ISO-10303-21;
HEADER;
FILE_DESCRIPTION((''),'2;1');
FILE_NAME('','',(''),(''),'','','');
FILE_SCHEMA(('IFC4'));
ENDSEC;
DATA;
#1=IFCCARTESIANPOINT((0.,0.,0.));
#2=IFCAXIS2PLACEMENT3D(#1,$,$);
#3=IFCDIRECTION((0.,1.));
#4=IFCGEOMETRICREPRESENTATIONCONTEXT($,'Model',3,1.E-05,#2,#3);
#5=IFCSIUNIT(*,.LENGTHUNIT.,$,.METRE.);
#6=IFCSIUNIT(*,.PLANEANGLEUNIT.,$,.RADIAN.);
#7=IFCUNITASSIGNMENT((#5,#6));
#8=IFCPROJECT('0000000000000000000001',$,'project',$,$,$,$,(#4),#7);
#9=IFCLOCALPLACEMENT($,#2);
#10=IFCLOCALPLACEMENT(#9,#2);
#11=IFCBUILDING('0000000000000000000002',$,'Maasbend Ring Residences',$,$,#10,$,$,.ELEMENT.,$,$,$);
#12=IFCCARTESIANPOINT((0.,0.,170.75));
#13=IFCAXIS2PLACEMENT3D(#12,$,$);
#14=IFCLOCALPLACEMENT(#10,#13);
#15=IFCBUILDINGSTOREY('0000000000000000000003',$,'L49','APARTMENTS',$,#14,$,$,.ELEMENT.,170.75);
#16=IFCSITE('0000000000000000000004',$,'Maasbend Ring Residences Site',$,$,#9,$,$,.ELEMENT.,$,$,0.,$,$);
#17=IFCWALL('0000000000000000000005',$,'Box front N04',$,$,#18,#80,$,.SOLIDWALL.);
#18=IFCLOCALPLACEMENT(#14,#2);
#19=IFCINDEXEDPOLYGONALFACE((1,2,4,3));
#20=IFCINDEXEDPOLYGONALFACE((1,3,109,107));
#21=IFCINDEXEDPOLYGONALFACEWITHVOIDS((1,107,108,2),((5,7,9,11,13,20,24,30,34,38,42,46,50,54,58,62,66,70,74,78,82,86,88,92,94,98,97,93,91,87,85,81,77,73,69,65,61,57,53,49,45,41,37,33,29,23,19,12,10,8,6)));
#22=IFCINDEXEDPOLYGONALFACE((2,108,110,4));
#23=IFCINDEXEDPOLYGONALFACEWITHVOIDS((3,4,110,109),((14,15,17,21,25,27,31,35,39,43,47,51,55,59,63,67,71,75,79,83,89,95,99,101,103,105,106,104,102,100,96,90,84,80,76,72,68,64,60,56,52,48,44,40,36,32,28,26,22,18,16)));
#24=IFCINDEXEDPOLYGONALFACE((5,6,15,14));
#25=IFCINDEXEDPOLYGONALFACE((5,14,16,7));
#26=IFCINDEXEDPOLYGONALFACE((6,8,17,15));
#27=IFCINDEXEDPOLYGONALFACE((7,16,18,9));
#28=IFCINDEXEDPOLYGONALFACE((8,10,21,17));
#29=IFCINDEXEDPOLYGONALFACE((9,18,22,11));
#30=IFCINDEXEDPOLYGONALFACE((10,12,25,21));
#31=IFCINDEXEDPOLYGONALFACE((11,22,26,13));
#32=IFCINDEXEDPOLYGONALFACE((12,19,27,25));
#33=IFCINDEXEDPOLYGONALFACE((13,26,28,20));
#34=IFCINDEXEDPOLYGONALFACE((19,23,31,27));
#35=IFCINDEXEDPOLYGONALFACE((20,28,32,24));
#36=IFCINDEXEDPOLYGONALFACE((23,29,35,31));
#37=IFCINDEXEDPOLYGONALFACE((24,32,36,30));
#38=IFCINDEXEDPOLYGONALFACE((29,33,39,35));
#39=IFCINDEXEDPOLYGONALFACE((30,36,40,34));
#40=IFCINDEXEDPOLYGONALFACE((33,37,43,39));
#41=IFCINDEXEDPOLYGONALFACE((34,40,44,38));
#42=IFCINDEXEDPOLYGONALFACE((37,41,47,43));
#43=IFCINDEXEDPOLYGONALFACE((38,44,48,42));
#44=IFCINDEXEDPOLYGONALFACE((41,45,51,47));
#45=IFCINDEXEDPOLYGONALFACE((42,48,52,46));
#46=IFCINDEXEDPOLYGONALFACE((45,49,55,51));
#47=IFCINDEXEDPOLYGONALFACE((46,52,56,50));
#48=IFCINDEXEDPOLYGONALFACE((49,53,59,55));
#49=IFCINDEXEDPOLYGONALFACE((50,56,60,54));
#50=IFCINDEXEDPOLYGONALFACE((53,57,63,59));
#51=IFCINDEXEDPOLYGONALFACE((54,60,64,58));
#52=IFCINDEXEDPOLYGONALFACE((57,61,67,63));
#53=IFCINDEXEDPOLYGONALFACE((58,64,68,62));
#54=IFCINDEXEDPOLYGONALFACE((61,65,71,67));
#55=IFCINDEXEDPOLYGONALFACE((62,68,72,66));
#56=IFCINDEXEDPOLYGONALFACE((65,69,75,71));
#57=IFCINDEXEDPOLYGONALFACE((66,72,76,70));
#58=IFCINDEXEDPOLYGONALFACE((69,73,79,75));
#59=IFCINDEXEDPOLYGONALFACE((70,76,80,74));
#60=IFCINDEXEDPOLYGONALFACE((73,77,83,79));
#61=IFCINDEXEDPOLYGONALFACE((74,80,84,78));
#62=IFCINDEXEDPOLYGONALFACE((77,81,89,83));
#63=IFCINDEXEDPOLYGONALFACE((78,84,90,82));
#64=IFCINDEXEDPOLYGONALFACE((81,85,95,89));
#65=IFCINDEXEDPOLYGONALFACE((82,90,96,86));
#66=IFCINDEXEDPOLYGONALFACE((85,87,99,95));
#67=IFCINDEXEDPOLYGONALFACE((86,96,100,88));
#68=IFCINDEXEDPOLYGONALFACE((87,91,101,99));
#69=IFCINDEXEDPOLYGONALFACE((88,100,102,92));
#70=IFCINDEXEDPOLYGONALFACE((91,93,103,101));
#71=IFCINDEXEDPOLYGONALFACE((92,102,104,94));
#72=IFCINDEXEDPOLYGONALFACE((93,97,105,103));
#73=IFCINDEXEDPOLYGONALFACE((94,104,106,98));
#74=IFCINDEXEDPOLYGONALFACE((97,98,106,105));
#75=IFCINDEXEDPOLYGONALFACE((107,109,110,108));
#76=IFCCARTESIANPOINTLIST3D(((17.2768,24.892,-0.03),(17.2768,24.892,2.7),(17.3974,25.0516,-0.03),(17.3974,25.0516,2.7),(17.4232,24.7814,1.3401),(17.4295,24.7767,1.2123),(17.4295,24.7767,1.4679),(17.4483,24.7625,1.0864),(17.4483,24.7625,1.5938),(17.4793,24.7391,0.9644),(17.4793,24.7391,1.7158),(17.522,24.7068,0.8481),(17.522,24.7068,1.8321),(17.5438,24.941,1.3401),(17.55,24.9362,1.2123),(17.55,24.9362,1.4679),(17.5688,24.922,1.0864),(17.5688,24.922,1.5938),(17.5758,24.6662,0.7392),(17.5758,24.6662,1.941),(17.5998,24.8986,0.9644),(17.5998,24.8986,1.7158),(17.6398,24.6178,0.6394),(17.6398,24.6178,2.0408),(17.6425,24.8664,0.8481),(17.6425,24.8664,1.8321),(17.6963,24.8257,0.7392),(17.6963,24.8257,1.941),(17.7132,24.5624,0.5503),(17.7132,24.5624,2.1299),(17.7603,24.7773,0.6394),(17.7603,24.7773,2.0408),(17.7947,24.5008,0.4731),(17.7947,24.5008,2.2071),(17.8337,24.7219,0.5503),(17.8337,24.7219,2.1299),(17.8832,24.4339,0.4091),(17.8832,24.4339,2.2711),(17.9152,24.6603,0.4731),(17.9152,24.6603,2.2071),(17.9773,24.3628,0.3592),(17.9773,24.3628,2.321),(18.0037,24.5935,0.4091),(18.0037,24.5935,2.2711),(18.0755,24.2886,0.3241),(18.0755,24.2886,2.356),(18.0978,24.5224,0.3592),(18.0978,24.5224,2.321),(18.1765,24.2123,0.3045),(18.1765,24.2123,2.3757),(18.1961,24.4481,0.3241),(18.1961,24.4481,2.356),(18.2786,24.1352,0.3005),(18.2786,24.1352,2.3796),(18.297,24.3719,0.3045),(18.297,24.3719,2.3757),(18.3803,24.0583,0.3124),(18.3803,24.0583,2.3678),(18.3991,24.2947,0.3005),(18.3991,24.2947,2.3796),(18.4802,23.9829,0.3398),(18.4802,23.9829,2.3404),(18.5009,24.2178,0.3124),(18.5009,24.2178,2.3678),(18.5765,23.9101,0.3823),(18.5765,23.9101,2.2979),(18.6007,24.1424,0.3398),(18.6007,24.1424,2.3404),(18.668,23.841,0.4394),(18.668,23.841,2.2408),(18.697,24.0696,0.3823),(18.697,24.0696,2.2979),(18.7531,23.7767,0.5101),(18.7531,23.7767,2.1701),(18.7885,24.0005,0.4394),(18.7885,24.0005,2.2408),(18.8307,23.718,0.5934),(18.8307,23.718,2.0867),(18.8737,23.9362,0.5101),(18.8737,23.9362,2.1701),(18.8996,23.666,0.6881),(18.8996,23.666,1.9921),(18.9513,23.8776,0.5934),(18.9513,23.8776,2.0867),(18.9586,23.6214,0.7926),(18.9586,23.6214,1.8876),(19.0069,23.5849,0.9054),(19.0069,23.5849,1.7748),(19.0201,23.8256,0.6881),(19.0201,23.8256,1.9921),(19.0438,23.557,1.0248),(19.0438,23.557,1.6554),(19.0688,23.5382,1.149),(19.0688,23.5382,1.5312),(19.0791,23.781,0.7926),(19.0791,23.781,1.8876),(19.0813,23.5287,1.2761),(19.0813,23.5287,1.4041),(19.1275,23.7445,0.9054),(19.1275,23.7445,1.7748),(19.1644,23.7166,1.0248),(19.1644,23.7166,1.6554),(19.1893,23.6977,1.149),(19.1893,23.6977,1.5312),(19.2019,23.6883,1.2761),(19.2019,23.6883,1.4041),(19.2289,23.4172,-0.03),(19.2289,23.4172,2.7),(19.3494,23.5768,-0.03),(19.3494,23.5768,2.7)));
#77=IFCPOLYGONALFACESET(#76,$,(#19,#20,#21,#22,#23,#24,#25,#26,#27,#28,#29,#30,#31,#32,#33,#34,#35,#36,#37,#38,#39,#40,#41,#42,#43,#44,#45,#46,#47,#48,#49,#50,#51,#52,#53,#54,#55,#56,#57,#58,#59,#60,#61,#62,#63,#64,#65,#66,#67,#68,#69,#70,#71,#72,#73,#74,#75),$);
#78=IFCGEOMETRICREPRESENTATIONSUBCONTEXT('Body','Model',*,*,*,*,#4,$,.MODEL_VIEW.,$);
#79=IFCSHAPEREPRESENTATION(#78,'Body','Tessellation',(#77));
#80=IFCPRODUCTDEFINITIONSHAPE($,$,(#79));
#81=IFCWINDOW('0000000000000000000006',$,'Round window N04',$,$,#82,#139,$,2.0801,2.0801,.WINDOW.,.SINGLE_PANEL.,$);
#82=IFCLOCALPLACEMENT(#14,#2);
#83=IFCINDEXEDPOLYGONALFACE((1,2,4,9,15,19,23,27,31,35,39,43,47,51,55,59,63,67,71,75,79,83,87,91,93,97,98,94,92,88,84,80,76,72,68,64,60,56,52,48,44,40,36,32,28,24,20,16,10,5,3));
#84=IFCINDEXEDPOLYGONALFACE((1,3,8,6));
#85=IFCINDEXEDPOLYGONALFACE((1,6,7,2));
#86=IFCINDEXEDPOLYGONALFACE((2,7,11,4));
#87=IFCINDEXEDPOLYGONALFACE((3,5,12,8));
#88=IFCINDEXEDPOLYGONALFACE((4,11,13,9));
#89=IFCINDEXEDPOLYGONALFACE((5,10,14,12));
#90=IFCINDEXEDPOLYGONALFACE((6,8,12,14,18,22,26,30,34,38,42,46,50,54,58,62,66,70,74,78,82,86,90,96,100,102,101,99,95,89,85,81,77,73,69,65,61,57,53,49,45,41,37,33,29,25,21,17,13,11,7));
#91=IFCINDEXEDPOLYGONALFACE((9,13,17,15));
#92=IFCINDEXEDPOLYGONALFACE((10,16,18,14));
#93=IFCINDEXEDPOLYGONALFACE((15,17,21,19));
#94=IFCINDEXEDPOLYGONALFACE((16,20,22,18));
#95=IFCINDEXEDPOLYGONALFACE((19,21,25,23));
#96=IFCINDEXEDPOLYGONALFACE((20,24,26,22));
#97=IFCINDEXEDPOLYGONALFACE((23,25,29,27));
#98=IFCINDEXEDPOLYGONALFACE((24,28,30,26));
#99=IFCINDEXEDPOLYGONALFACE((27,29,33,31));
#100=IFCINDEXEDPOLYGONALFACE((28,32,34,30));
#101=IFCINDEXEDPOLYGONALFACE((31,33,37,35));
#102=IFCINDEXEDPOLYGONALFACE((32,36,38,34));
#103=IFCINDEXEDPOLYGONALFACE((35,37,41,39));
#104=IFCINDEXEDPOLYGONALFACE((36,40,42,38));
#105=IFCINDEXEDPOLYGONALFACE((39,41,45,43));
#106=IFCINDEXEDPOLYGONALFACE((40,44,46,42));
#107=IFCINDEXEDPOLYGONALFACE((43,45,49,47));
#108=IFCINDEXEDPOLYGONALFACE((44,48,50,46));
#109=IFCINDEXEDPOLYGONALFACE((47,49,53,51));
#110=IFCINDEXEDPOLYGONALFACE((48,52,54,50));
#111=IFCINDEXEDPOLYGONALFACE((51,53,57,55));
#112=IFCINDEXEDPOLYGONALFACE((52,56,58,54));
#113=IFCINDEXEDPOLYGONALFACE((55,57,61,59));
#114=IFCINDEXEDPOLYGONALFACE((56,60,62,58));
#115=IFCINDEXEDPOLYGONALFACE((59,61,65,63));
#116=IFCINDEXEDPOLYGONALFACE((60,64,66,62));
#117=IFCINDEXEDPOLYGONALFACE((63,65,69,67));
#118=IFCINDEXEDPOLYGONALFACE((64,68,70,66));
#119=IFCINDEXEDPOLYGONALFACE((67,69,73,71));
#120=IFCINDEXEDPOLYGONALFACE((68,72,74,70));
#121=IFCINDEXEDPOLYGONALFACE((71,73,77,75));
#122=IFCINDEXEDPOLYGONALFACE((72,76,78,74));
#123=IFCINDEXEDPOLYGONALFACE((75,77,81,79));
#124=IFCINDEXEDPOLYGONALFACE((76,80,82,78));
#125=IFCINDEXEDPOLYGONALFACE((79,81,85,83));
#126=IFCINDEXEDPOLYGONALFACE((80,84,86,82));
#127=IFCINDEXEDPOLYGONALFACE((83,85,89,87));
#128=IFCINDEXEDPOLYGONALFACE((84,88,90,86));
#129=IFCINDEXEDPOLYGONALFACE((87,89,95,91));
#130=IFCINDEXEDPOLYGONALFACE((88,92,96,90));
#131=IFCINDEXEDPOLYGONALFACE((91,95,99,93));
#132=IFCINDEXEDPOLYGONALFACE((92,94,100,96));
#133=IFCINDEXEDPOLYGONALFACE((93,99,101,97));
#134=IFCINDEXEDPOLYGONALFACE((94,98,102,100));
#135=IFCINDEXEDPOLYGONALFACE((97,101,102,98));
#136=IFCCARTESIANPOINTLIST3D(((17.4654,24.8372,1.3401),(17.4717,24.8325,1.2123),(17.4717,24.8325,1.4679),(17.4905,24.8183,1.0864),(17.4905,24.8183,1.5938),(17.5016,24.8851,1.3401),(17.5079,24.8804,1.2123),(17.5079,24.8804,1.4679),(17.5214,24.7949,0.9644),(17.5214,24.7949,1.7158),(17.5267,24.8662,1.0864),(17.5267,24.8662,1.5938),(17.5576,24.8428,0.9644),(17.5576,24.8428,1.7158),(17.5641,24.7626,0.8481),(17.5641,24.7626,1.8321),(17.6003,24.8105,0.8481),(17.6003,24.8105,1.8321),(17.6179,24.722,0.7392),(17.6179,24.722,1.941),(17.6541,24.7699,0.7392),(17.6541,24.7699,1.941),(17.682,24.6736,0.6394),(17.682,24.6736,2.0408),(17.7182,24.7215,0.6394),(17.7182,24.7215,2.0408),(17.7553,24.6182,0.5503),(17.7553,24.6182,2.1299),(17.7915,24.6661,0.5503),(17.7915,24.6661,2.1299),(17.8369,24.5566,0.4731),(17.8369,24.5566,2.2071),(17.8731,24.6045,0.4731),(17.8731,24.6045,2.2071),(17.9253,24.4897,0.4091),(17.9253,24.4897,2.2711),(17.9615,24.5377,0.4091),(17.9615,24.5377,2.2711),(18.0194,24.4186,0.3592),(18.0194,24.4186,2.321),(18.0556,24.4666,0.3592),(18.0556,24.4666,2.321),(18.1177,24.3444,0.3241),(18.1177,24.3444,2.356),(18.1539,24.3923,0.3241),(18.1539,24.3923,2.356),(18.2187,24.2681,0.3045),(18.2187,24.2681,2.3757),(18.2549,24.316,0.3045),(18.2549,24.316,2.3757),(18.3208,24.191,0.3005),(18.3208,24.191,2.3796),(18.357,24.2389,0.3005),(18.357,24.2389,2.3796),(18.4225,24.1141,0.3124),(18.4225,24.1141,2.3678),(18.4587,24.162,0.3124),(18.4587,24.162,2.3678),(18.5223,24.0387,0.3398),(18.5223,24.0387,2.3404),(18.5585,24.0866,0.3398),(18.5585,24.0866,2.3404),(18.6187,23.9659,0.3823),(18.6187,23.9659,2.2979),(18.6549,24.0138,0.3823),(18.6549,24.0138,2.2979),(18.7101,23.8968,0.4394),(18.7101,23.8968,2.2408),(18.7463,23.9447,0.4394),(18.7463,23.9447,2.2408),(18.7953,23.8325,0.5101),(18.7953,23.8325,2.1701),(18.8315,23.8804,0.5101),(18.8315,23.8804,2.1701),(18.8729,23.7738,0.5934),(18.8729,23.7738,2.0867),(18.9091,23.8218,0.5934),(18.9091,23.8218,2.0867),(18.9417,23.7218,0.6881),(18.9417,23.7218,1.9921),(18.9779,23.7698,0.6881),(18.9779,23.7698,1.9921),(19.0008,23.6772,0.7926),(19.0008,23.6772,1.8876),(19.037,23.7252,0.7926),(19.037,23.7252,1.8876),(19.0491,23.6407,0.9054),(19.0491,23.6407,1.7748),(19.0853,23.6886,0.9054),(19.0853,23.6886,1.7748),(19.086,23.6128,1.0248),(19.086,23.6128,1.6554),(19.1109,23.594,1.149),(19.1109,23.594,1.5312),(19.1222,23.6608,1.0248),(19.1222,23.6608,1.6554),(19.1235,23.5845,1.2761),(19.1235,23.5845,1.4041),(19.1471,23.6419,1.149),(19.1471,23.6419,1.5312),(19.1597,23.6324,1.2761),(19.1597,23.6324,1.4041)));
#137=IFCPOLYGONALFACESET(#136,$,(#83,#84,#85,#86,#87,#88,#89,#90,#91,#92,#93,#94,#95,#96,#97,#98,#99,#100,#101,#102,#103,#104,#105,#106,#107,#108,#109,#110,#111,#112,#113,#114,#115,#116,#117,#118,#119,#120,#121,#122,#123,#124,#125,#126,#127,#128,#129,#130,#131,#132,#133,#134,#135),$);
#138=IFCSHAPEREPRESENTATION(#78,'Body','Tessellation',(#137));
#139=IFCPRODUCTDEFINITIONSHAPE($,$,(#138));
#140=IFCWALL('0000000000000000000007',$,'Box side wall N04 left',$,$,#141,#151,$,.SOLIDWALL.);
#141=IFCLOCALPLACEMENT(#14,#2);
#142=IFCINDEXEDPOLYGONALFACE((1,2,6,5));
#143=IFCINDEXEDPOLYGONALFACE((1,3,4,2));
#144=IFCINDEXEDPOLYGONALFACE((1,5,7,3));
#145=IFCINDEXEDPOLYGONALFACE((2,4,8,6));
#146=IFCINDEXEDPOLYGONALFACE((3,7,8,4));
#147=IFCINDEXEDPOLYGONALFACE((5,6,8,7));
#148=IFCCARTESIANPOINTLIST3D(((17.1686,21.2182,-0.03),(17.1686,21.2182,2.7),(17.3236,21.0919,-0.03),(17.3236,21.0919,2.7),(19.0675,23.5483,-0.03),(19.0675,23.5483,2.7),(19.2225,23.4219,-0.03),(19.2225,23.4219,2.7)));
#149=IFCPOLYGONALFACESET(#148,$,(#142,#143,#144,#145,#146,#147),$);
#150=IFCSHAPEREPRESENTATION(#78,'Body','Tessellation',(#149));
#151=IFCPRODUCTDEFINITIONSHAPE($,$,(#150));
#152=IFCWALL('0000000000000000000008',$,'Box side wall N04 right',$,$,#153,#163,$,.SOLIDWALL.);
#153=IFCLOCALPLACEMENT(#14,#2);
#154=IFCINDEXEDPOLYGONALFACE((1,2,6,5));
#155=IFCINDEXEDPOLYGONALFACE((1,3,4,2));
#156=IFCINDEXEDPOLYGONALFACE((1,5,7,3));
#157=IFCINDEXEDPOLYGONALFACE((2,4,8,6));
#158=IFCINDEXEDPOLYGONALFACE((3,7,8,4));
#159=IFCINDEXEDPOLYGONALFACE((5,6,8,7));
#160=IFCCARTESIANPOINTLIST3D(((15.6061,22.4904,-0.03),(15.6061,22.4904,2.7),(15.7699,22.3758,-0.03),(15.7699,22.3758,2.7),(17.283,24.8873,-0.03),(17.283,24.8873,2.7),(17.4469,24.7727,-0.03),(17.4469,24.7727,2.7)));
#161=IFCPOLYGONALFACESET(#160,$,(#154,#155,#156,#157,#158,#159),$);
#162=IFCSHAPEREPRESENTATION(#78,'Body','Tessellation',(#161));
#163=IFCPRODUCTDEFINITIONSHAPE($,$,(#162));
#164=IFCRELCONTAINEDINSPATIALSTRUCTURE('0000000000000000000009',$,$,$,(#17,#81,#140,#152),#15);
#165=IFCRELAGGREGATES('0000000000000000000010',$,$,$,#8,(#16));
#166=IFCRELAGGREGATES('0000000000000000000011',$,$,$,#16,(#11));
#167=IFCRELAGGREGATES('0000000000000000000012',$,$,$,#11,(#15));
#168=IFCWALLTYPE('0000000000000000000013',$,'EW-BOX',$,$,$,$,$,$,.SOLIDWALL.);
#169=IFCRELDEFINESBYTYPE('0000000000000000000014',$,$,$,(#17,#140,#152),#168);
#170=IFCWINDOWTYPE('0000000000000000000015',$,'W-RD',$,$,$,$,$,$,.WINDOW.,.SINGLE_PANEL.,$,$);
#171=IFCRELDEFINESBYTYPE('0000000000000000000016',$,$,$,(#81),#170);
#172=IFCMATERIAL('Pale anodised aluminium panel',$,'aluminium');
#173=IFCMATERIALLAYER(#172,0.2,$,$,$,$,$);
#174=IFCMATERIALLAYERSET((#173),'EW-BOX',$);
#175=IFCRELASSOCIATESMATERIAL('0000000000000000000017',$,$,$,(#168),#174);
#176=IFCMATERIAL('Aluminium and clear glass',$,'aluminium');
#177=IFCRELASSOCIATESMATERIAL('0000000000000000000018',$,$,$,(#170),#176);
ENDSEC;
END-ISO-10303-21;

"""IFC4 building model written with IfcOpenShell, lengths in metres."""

from ifc_helpers import new_model, si_unit, direction, frame, frame_2d, origin, place, context, subcontext, project, spatial, rectangle, circle, extrude, material, layer, layer_set, type_object, element, fill, save


model = new_model("IFC4")

# Units and contexts
model_context = context("Model", 3, precision=1e-05, world=origin(), true_north=direction((0.0, 1.0)))
body_context = subcontext(model_context, "Body", "Model", "MODEL_VIEW")
ifc_project = project(units=[si_unit("LENGTHUNIT", "METRE"), si_unit("PLANEANGLEUNIT", "RADIAN")], contexts=[model_context])

# Site, building, storey
site_placement = place(None, origin())
site = spatial("IfcSite", under=ifc_project, at=site_placement, Name="Maasbend Ring Residences Site", CompositionType="ELEMENT", RefElevation=0.0)
building_placement = place(site_placement, origin())
building = spatial("IfcBuilding", under=site, at=building_placement, Name="Maasbend Ring Residences", CompositionType="ELEMENT")
storey_placement = place(building_placement, frame((0.0, 0.0, 170.75)))
storey = spatial("IfcBuildingStorey", under=building, at=storey_placement, Name="L49", Description="APARTMENTS", CompositionType="ELEMENT", Elevation=170.75)

# Shared definitions
ifc_material_1 = material(Name="Pale anodised aluminium panel", Category="aluminium")
ifc_layer_1 = layer(ifc_material_1, 0.2)
ifc_layer_set_1 = layer_set([ifc_layer_1], Name="EW-BOX")
wall_type_1 = type_object("IfcWallType", Name="EW-BOX", PredefinedType="SOLIDWALL", material=ifc_layer_set_1)
ifc_material_2 = material(Name="Aluminium and clear glass", Category="aluminium")
window_type_1 = type_object("IfcWindowType", Name="W-RD", PartitioningType="SINGLE_PANEL", PredefinedType="WINDOW", material=ifc_material_2)

# Wall, opening, window
wall_1_placement = place(storey_placement, frame((19.2891, 23.4971, -0.03), z_axis=(0.0, 0.0, 1.0), x_axis=(-0.797888, 0.602806, 0.0)))
wall_1 = element("IfcWall", 1, at=wall_1_placement, inside=storey, type_object=wall_type_1, Name="Box front N04", PredefinedType="SOLIDWALL", context=body_context, shape_type="SweptSolid", body=[
    extrude(rectangle(XDim=2.4465, YDim=0.2, at=frame_2d((1.2231, 0.0))), origin(), (0.0, 0.0, 1.0), 2.73),
])
opening_1_placement = place(wall_1_placement, frame((0.1829, 0.0, 0.3301)))
opening_1 = element("IfcOpeningElement", 2, at=opening_1_placement, cuts=wall_1, PredefinedType="OPENING", context=body_context, shape_type="SweptSolid", body=[
    extrude(circle(Radius=1.04, at=frame_2d((1.04, 1.04))), frame((0.0, 0.1099, 0.0), z_axis=(0.0, -1.0, 0.0), x_axis=(1.0, 0.0, 0.0)), (0.0, 0.0, 1.0), 0.22),
])
window_1_placement = place(opening_1_placement, origin())
window_1 = element("IfcWindow", 3, at=window_1_placement, inside=storey, type_object=window_type_1, Name="Round window N04", OverallHeight=2.0801, OverallWidth=2.0801, PartitioningType="SINGLE_PANEL", PredefinedType="WINDOW", context=body_context, shape_type="SweptSolid", body=[
    extrude(circle(Radius=1.04, at=frame_2d((1.04, 1.04))), frame((0.0, 0.03, 0.0), z_axis=(0.0, -1.0, 0.0), x_axis=(1.0, 0.0, 0.0)), (0.0, 0.0, 1.0), 0.0601),
])
fill(opening_1, window_1)

# Walls
wall_2_placement = place(storey_placement, frame((17.2461, 21.155, -0.03), z_axis=(0.0, 0.0, 1.0), x_axis=(0.631742, 0.775179, 0.0)))
element("IfcWall", 4, at=wall_2_placement, inside=storey, type_object=wall_type_1, Name="Box side wall N04 left", PredefinedType="SOLIDWALL", context=body_context, shape_type="SweptSolid", body=[
    extrude(rectangle(XDim=3.0059, YDim=0.2, at=frame_2d((1.5029, 0.0))), origin(), (0.0, 0.0, 1.0), 2.73),
])
wall_3_placement = place(storey_placement, frame((15.688, 22.4331, -0.03), z_axis=(0.0, 0.0, 1.0), x_axis=(0.573261, 0.819373, 0.0)))
element("IfcWall", 5, at=wall_3_placement, inside=storey, type_object=wall_type_1, Name="Box side wall N04 right", PredefinedType="SOLIDWALL", context=body_context, shape_type="SweptSolid", body=[
    extrude(rectangle(XDim=2.9253, YDim=0.2, at=frame_2d((1.4626, 0.0))), origin(), (0.0, 0.0, 1.0), 2.73),
])

save(model, "model.ifc")
